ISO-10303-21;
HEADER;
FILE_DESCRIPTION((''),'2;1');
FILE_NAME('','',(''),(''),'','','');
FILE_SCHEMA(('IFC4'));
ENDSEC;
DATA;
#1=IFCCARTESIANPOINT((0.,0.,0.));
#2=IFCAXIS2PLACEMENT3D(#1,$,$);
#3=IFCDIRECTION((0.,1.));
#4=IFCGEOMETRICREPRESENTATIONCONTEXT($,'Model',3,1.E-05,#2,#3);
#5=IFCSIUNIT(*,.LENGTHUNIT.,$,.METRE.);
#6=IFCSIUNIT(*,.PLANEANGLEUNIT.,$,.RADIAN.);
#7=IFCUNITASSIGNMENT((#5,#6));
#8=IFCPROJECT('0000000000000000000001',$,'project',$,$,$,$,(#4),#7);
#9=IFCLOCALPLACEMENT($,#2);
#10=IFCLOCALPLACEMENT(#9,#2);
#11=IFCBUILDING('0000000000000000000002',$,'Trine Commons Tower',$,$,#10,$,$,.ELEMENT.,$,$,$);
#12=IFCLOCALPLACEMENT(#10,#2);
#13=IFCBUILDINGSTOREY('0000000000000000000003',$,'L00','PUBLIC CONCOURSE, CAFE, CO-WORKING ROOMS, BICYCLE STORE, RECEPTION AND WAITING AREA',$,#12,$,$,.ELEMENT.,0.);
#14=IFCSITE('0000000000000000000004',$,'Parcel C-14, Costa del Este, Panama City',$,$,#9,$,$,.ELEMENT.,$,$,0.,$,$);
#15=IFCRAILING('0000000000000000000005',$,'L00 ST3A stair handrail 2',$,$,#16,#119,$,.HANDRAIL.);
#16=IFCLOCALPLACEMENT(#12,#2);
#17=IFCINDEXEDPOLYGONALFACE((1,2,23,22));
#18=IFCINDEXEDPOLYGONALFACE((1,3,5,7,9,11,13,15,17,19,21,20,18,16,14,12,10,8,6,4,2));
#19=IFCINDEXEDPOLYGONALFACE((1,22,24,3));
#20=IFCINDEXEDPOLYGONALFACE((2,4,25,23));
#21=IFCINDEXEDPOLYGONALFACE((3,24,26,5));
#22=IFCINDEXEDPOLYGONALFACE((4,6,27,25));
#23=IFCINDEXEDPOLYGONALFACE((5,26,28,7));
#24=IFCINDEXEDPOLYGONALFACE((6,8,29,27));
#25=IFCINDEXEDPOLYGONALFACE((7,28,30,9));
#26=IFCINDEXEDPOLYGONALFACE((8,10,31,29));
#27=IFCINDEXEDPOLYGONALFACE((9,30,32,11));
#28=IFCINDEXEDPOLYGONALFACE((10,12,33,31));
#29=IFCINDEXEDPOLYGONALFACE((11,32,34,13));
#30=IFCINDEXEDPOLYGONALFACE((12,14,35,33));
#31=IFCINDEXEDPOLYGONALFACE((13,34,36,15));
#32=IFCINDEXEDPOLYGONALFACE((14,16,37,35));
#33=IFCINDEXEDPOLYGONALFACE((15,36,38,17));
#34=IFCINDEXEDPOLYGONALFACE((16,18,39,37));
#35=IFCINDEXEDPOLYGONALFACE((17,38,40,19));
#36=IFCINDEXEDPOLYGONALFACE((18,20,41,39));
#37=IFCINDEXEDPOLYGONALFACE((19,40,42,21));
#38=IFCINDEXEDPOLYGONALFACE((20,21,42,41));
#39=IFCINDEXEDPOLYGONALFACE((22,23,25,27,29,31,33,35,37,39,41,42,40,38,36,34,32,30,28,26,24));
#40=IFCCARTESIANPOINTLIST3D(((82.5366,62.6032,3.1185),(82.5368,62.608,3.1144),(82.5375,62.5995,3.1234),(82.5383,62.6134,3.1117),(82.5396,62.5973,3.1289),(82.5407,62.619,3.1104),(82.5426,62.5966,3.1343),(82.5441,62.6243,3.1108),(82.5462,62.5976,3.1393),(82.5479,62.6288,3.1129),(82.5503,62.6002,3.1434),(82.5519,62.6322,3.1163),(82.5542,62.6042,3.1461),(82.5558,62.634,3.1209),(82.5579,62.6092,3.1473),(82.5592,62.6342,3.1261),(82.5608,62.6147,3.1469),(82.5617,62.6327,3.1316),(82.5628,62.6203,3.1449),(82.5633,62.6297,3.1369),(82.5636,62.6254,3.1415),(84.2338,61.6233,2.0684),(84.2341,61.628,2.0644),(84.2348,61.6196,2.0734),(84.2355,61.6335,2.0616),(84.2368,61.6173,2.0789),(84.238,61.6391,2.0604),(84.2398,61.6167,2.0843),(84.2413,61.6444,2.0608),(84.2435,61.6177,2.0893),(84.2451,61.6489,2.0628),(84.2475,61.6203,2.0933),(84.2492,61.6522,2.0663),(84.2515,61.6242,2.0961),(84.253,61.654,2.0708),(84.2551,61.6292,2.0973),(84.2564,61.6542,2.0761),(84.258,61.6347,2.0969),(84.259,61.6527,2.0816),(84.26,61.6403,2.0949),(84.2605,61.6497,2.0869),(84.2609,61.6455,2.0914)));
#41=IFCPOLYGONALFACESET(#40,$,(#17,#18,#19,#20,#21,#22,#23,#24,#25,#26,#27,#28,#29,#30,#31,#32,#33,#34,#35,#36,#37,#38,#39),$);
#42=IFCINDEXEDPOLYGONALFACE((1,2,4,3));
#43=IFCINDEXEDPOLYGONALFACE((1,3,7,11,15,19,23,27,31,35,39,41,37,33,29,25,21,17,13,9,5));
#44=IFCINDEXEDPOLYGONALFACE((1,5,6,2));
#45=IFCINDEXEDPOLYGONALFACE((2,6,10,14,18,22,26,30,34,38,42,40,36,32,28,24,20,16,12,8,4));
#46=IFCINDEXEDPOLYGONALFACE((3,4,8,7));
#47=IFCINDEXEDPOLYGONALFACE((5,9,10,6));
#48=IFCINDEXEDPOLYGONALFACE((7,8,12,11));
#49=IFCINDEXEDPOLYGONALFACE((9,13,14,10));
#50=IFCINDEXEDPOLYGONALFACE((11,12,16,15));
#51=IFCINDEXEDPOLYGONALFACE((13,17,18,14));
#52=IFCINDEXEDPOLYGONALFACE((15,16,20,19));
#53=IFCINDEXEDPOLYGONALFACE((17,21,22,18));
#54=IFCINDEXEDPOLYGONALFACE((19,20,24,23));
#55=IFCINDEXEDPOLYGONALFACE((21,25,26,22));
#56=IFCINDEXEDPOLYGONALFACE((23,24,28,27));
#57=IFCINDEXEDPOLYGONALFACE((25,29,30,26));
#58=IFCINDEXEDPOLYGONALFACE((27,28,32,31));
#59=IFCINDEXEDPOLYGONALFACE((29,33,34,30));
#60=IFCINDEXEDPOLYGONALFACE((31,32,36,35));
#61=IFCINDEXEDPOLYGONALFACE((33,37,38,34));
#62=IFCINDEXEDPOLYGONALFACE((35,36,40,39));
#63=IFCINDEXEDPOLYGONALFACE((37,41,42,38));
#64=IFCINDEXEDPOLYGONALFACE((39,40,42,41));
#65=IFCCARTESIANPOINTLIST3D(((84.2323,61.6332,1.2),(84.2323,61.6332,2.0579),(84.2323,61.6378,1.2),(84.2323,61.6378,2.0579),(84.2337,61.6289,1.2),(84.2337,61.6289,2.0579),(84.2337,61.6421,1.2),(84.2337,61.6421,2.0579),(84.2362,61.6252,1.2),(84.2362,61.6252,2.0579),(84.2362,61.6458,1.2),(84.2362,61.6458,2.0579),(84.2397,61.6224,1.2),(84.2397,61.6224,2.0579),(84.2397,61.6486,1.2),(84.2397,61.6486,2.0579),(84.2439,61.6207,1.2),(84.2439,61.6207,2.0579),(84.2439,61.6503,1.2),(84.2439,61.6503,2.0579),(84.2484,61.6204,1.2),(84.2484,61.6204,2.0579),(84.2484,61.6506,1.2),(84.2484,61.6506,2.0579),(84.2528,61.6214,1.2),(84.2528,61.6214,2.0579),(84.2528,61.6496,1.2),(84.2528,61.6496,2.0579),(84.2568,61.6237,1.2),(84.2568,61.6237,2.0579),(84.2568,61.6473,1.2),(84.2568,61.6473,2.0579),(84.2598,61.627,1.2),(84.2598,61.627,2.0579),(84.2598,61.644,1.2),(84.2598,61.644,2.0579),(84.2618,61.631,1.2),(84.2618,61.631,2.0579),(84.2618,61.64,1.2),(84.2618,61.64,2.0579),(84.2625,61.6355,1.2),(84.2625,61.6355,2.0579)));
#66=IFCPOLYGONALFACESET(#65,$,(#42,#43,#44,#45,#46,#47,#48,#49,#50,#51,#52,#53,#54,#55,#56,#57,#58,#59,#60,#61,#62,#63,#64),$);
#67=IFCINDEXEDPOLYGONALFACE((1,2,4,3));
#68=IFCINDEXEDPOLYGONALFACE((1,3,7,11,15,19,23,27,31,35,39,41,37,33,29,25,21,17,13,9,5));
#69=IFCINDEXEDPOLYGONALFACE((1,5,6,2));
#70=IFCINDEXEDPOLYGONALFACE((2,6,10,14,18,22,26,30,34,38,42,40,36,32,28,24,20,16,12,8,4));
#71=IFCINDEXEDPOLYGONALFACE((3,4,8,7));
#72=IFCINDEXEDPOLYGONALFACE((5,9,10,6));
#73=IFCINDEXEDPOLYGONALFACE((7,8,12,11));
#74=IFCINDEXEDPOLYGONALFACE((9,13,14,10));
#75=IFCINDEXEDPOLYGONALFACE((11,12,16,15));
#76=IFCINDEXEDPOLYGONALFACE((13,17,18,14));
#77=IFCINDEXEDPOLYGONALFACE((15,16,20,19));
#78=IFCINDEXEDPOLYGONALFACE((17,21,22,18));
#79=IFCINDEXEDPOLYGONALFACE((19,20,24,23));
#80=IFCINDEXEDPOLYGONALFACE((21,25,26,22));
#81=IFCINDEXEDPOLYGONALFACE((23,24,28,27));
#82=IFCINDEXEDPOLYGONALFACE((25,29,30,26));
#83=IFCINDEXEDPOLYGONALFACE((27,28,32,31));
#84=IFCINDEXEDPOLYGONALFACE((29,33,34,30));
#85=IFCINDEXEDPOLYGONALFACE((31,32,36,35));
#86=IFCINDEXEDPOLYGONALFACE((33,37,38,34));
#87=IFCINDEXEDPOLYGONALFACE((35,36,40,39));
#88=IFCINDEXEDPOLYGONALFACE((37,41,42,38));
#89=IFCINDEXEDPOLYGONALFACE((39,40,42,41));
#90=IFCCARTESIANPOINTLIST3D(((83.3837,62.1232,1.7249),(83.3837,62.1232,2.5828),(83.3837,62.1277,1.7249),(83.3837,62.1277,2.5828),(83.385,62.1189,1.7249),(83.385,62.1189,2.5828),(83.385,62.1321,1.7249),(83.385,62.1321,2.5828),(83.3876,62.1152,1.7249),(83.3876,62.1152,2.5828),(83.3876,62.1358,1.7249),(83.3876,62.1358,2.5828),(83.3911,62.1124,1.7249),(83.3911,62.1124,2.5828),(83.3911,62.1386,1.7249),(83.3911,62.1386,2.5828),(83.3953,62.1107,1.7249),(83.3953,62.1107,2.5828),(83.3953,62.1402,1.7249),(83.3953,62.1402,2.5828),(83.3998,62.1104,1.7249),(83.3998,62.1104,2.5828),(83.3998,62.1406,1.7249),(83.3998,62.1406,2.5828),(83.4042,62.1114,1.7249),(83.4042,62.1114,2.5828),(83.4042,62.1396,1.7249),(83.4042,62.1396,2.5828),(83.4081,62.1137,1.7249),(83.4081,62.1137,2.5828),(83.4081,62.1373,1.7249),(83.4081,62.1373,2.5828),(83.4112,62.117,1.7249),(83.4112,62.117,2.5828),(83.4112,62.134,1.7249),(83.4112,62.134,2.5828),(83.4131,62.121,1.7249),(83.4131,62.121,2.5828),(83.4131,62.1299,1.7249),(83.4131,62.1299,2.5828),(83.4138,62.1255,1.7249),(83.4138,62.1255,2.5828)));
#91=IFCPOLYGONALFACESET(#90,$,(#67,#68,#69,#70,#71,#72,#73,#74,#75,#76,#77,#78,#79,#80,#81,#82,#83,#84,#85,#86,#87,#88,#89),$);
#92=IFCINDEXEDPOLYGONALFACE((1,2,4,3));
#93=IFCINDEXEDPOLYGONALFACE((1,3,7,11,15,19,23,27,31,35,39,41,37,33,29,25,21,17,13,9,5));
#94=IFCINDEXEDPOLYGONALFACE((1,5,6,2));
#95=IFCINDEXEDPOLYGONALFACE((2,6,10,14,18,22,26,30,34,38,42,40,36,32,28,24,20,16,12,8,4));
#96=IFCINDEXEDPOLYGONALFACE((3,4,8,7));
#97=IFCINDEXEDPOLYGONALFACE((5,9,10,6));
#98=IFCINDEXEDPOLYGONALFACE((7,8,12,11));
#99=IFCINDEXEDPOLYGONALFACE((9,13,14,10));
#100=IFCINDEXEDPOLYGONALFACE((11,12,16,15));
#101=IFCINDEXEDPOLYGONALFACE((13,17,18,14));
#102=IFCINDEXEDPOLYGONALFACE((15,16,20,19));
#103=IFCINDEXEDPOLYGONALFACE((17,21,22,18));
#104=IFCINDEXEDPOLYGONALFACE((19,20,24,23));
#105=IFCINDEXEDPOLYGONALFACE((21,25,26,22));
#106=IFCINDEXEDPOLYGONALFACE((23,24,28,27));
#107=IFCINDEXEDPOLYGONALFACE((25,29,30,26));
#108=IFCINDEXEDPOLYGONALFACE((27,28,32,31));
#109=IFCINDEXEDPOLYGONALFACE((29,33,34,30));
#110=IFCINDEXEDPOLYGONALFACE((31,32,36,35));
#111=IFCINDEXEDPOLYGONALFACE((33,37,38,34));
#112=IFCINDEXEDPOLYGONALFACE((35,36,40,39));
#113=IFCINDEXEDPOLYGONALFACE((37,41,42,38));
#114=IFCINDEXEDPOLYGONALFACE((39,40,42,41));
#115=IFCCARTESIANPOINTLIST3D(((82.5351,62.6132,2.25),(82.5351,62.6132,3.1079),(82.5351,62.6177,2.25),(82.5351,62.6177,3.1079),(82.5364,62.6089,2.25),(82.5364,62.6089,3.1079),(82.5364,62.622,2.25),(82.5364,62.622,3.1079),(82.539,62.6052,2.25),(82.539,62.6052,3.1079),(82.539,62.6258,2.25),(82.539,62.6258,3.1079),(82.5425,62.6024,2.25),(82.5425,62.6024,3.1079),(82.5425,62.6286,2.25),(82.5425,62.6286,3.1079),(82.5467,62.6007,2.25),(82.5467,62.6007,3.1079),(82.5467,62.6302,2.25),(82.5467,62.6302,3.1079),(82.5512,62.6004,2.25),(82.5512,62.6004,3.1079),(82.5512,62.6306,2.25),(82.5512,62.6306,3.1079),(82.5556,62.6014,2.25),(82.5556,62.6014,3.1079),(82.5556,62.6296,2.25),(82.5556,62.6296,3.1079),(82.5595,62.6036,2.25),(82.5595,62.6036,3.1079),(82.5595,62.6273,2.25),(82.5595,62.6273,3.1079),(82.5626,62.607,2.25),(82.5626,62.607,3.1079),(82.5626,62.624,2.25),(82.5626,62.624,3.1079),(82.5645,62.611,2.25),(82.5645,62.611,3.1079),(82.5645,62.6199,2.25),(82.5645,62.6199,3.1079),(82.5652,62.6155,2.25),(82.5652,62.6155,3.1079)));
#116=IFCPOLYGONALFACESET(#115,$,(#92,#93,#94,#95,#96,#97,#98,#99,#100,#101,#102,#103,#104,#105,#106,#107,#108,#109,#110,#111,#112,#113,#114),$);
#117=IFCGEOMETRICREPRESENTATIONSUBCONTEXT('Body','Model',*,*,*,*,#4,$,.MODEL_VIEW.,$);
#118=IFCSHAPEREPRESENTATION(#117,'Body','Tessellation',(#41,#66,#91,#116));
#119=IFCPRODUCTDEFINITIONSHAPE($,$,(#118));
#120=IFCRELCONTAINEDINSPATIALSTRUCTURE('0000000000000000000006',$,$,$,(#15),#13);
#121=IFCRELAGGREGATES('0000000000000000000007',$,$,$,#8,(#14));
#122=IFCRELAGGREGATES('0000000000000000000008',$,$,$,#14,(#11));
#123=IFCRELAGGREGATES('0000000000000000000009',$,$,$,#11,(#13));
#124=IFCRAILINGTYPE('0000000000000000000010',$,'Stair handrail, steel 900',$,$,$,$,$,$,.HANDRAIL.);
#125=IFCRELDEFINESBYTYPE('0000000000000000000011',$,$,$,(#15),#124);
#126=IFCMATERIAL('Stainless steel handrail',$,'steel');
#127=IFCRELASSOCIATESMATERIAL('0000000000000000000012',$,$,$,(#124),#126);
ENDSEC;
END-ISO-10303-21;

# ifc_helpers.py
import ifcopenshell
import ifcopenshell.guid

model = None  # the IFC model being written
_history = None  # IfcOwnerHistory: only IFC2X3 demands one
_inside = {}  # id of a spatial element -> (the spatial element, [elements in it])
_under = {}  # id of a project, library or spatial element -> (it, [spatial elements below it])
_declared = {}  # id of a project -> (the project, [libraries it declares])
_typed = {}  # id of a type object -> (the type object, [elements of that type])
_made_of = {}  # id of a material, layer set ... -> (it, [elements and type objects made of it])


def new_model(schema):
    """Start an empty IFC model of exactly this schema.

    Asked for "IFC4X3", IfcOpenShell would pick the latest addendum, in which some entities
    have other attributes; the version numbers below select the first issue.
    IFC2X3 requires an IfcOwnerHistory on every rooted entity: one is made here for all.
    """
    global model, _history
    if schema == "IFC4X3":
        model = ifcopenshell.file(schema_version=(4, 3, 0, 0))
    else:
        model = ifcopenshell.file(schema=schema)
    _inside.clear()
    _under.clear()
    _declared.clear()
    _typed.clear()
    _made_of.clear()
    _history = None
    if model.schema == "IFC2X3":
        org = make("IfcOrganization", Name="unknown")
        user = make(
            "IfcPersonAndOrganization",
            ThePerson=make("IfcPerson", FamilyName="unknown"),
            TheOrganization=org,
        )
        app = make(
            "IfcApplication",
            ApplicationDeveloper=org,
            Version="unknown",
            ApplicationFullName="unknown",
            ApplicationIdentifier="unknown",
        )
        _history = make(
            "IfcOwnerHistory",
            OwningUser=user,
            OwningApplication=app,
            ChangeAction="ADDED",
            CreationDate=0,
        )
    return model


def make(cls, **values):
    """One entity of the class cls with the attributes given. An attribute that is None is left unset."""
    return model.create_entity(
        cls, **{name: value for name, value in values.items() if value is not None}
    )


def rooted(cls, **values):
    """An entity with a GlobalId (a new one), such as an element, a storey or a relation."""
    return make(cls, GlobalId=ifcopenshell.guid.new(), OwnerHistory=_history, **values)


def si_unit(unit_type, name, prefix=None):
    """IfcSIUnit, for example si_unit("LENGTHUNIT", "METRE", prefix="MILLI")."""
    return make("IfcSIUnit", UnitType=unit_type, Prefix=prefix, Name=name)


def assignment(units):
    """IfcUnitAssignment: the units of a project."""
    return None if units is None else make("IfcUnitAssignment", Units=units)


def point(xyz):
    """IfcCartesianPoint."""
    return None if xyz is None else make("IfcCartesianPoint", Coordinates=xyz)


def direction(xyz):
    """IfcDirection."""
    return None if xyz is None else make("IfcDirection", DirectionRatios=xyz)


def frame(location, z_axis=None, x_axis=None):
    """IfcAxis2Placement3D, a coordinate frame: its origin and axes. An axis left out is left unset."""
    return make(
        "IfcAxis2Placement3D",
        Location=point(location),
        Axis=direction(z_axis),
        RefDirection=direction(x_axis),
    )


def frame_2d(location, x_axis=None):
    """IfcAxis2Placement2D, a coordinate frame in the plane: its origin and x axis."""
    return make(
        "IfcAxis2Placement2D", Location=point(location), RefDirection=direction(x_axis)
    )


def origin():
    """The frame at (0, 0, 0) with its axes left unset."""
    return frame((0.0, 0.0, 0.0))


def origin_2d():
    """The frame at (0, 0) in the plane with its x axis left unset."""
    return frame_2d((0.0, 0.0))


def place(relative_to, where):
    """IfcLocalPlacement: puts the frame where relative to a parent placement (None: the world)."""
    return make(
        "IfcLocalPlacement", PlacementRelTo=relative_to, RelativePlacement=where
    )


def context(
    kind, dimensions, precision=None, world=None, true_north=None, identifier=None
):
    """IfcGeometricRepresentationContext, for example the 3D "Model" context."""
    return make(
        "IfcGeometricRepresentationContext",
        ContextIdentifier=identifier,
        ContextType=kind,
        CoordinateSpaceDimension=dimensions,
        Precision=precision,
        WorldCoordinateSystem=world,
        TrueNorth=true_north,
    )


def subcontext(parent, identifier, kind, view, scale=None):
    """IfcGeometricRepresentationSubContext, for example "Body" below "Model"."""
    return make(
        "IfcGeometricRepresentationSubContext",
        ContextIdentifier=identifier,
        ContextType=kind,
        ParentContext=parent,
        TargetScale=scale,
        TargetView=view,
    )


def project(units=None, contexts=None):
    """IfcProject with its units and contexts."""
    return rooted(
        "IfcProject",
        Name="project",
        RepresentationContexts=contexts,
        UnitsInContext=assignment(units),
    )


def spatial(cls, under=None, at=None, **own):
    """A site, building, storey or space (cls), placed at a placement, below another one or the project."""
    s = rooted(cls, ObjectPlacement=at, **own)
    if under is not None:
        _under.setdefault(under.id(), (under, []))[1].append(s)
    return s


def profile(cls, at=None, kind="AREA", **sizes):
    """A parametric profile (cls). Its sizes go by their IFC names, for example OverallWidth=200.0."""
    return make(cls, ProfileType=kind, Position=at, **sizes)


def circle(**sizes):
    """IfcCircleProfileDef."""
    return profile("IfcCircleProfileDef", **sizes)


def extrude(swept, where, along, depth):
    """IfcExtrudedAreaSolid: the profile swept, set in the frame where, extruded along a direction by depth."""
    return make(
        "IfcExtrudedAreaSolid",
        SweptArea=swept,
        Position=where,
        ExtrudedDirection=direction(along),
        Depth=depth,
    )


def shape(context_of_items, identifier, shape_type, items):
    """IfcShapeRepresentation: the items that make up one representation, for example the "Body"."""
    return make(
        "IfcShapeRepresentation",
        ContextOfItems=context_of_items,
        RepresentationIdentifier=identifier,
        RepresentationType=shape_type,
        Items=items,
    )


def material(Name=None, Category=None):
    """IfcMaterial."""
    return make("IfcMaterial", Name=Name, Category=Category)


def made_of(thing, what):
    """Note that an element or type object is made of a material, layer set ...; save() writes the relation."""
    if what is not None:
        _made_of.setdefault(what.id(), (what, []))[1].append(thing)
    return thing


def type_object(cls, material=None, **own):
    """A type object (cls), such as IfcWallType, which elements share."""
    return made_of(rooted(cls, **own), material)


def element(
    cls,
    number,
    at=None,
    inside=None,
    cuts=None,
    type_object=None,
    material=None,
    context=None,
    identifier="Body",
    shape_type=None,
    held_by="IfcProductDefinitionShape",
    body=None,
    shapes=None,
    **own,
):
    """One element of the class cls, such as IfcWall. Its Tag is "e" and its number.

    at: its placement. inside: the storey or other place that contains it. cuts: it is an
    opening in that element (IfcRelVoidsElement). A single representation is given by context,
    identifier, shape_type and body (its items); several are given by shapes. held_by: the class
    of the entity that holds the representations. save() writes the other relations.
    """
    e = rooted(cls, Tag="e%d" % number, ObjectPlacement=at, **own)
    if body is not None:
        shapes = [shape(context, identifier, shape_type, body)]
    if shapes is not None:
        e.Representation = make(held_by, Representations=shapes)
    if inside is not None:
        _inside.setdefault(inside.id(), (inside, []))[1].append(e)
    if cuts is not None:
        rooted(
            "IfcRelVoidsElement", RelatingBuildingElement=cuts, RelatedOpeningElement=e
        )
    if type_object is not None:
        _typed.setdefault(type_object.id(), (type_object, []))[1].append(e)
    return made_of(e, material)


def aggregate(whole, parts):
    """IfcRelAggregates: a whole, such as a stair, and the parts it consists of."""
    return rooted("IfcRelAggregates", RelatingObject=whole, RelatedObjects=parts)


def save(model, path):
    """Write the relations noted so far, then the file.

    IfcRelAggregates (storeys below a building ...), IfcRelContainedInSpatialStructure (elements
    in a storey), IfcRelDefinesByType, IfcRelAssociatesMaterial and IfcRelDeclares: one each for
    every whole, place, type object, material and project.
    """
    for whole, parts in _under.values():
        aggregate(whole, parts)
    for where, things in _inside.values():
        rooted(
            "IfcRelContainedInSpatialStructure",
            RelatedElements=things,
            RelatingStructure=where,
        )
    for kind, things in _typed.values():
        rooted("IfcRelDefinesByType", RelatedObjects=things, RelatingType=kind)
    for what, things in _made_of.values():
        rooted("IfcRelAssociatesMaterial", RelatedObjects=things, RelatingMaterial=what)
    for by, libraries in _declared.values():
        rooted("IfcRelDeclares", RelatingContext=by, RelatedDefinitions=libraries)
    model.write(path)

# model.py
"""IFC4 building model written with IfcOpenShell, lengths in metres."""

from ifc_helpers import new_model, si_unit, direction, frame, origin, origin_2d, place, context, subcontext, project, spatial, circle, extrude, material, type_object, element, save


model = new_model("IFC4")

# Units and contexts
model_context = context("Model", 3, precision=1e-05, world=origin(), true_north=direction((0.0, 1.0)))
body_context = subcontext(model_context, "Body", "Model", "MODEL_VIEW")
ifc_project = project(units=[si_unit("LENGTHUNIT", "METRE"), si_unit("PLANEANGLEUNIT", "RADIAN")], contexts=[model_context])

# Site, building, storey
site_placement = place(None, origin())
site = spatial("IfcSite", under=ifc_project, at=site_placement, Name="Parcel C-14, Costa del Este, Panama City", CompositionType="ELEMENT", RefElevation=0.0)
building_placement = place(site_placement, origin())
building = spatial("IfcBuilding", under=site, at=building_placement, Name="Trine Commons Tower", CompositionType="ELEMENT")
storey_placement = place(building_placement, origin())
storey = spatial("IfcBuildingStorey", under=building, at=storey_placement, Name="L00", Description="PUBLIC CONCOURSE, CAFE, CO-WORKING ROOMS, BICYCLE STORE, RECEPTION AND WAITING AREA", CompositionType="ELEMENT", Elevation=0.0)

# Railing
ifc_material_1 = material(Name="Stainless steel handrail", Category="steel")
railing_type_1 = type_object("IfcRailingType", Name="Stair handrail, steel 900", PredefinedType="HANDRAIL", material=ifc_material_1)
railing_1_placement = place(storey_placement, frame((84.2473, 61.6355, 1.2)))
element("IfcRailing", 1, at=railing_1_placement, inside=storey, type_object=railing_type_1, Name="L00 ST3A stair handrail 2", PredefinedType="HANDRAIL", context=body_context, shape_type="SweptSolid", body=[
    extrude(circle(Radius=0.021, at=origin_2d()), frame((0.0, 0.0, 0.8789), z_axis=(-0.763352, 0.44075, 0.472264), x_axis=(-0.500024, -0.866011, 0.0)), (0.0, 0.0, 1.0), 2.2234),
    extrude(circle(Radius=0.0151, at=origin_2d()), origin(), (0.0, 0.0, 1.0), 0.8579),
    extrude(circle(Radius=0.0151, at=origin_2d()), frame((-0.8486, 0.49, 0.5249)), (0.0, 0.0, 1.0), 0.8579),
    extrude(circle(Radius=0.0151, at=origin_2d()), frame((-1.6973, 0.98, 1.05)), (0.0, 0.0, 1.0), 0.8579),
])

save(model, "model.ifc")
